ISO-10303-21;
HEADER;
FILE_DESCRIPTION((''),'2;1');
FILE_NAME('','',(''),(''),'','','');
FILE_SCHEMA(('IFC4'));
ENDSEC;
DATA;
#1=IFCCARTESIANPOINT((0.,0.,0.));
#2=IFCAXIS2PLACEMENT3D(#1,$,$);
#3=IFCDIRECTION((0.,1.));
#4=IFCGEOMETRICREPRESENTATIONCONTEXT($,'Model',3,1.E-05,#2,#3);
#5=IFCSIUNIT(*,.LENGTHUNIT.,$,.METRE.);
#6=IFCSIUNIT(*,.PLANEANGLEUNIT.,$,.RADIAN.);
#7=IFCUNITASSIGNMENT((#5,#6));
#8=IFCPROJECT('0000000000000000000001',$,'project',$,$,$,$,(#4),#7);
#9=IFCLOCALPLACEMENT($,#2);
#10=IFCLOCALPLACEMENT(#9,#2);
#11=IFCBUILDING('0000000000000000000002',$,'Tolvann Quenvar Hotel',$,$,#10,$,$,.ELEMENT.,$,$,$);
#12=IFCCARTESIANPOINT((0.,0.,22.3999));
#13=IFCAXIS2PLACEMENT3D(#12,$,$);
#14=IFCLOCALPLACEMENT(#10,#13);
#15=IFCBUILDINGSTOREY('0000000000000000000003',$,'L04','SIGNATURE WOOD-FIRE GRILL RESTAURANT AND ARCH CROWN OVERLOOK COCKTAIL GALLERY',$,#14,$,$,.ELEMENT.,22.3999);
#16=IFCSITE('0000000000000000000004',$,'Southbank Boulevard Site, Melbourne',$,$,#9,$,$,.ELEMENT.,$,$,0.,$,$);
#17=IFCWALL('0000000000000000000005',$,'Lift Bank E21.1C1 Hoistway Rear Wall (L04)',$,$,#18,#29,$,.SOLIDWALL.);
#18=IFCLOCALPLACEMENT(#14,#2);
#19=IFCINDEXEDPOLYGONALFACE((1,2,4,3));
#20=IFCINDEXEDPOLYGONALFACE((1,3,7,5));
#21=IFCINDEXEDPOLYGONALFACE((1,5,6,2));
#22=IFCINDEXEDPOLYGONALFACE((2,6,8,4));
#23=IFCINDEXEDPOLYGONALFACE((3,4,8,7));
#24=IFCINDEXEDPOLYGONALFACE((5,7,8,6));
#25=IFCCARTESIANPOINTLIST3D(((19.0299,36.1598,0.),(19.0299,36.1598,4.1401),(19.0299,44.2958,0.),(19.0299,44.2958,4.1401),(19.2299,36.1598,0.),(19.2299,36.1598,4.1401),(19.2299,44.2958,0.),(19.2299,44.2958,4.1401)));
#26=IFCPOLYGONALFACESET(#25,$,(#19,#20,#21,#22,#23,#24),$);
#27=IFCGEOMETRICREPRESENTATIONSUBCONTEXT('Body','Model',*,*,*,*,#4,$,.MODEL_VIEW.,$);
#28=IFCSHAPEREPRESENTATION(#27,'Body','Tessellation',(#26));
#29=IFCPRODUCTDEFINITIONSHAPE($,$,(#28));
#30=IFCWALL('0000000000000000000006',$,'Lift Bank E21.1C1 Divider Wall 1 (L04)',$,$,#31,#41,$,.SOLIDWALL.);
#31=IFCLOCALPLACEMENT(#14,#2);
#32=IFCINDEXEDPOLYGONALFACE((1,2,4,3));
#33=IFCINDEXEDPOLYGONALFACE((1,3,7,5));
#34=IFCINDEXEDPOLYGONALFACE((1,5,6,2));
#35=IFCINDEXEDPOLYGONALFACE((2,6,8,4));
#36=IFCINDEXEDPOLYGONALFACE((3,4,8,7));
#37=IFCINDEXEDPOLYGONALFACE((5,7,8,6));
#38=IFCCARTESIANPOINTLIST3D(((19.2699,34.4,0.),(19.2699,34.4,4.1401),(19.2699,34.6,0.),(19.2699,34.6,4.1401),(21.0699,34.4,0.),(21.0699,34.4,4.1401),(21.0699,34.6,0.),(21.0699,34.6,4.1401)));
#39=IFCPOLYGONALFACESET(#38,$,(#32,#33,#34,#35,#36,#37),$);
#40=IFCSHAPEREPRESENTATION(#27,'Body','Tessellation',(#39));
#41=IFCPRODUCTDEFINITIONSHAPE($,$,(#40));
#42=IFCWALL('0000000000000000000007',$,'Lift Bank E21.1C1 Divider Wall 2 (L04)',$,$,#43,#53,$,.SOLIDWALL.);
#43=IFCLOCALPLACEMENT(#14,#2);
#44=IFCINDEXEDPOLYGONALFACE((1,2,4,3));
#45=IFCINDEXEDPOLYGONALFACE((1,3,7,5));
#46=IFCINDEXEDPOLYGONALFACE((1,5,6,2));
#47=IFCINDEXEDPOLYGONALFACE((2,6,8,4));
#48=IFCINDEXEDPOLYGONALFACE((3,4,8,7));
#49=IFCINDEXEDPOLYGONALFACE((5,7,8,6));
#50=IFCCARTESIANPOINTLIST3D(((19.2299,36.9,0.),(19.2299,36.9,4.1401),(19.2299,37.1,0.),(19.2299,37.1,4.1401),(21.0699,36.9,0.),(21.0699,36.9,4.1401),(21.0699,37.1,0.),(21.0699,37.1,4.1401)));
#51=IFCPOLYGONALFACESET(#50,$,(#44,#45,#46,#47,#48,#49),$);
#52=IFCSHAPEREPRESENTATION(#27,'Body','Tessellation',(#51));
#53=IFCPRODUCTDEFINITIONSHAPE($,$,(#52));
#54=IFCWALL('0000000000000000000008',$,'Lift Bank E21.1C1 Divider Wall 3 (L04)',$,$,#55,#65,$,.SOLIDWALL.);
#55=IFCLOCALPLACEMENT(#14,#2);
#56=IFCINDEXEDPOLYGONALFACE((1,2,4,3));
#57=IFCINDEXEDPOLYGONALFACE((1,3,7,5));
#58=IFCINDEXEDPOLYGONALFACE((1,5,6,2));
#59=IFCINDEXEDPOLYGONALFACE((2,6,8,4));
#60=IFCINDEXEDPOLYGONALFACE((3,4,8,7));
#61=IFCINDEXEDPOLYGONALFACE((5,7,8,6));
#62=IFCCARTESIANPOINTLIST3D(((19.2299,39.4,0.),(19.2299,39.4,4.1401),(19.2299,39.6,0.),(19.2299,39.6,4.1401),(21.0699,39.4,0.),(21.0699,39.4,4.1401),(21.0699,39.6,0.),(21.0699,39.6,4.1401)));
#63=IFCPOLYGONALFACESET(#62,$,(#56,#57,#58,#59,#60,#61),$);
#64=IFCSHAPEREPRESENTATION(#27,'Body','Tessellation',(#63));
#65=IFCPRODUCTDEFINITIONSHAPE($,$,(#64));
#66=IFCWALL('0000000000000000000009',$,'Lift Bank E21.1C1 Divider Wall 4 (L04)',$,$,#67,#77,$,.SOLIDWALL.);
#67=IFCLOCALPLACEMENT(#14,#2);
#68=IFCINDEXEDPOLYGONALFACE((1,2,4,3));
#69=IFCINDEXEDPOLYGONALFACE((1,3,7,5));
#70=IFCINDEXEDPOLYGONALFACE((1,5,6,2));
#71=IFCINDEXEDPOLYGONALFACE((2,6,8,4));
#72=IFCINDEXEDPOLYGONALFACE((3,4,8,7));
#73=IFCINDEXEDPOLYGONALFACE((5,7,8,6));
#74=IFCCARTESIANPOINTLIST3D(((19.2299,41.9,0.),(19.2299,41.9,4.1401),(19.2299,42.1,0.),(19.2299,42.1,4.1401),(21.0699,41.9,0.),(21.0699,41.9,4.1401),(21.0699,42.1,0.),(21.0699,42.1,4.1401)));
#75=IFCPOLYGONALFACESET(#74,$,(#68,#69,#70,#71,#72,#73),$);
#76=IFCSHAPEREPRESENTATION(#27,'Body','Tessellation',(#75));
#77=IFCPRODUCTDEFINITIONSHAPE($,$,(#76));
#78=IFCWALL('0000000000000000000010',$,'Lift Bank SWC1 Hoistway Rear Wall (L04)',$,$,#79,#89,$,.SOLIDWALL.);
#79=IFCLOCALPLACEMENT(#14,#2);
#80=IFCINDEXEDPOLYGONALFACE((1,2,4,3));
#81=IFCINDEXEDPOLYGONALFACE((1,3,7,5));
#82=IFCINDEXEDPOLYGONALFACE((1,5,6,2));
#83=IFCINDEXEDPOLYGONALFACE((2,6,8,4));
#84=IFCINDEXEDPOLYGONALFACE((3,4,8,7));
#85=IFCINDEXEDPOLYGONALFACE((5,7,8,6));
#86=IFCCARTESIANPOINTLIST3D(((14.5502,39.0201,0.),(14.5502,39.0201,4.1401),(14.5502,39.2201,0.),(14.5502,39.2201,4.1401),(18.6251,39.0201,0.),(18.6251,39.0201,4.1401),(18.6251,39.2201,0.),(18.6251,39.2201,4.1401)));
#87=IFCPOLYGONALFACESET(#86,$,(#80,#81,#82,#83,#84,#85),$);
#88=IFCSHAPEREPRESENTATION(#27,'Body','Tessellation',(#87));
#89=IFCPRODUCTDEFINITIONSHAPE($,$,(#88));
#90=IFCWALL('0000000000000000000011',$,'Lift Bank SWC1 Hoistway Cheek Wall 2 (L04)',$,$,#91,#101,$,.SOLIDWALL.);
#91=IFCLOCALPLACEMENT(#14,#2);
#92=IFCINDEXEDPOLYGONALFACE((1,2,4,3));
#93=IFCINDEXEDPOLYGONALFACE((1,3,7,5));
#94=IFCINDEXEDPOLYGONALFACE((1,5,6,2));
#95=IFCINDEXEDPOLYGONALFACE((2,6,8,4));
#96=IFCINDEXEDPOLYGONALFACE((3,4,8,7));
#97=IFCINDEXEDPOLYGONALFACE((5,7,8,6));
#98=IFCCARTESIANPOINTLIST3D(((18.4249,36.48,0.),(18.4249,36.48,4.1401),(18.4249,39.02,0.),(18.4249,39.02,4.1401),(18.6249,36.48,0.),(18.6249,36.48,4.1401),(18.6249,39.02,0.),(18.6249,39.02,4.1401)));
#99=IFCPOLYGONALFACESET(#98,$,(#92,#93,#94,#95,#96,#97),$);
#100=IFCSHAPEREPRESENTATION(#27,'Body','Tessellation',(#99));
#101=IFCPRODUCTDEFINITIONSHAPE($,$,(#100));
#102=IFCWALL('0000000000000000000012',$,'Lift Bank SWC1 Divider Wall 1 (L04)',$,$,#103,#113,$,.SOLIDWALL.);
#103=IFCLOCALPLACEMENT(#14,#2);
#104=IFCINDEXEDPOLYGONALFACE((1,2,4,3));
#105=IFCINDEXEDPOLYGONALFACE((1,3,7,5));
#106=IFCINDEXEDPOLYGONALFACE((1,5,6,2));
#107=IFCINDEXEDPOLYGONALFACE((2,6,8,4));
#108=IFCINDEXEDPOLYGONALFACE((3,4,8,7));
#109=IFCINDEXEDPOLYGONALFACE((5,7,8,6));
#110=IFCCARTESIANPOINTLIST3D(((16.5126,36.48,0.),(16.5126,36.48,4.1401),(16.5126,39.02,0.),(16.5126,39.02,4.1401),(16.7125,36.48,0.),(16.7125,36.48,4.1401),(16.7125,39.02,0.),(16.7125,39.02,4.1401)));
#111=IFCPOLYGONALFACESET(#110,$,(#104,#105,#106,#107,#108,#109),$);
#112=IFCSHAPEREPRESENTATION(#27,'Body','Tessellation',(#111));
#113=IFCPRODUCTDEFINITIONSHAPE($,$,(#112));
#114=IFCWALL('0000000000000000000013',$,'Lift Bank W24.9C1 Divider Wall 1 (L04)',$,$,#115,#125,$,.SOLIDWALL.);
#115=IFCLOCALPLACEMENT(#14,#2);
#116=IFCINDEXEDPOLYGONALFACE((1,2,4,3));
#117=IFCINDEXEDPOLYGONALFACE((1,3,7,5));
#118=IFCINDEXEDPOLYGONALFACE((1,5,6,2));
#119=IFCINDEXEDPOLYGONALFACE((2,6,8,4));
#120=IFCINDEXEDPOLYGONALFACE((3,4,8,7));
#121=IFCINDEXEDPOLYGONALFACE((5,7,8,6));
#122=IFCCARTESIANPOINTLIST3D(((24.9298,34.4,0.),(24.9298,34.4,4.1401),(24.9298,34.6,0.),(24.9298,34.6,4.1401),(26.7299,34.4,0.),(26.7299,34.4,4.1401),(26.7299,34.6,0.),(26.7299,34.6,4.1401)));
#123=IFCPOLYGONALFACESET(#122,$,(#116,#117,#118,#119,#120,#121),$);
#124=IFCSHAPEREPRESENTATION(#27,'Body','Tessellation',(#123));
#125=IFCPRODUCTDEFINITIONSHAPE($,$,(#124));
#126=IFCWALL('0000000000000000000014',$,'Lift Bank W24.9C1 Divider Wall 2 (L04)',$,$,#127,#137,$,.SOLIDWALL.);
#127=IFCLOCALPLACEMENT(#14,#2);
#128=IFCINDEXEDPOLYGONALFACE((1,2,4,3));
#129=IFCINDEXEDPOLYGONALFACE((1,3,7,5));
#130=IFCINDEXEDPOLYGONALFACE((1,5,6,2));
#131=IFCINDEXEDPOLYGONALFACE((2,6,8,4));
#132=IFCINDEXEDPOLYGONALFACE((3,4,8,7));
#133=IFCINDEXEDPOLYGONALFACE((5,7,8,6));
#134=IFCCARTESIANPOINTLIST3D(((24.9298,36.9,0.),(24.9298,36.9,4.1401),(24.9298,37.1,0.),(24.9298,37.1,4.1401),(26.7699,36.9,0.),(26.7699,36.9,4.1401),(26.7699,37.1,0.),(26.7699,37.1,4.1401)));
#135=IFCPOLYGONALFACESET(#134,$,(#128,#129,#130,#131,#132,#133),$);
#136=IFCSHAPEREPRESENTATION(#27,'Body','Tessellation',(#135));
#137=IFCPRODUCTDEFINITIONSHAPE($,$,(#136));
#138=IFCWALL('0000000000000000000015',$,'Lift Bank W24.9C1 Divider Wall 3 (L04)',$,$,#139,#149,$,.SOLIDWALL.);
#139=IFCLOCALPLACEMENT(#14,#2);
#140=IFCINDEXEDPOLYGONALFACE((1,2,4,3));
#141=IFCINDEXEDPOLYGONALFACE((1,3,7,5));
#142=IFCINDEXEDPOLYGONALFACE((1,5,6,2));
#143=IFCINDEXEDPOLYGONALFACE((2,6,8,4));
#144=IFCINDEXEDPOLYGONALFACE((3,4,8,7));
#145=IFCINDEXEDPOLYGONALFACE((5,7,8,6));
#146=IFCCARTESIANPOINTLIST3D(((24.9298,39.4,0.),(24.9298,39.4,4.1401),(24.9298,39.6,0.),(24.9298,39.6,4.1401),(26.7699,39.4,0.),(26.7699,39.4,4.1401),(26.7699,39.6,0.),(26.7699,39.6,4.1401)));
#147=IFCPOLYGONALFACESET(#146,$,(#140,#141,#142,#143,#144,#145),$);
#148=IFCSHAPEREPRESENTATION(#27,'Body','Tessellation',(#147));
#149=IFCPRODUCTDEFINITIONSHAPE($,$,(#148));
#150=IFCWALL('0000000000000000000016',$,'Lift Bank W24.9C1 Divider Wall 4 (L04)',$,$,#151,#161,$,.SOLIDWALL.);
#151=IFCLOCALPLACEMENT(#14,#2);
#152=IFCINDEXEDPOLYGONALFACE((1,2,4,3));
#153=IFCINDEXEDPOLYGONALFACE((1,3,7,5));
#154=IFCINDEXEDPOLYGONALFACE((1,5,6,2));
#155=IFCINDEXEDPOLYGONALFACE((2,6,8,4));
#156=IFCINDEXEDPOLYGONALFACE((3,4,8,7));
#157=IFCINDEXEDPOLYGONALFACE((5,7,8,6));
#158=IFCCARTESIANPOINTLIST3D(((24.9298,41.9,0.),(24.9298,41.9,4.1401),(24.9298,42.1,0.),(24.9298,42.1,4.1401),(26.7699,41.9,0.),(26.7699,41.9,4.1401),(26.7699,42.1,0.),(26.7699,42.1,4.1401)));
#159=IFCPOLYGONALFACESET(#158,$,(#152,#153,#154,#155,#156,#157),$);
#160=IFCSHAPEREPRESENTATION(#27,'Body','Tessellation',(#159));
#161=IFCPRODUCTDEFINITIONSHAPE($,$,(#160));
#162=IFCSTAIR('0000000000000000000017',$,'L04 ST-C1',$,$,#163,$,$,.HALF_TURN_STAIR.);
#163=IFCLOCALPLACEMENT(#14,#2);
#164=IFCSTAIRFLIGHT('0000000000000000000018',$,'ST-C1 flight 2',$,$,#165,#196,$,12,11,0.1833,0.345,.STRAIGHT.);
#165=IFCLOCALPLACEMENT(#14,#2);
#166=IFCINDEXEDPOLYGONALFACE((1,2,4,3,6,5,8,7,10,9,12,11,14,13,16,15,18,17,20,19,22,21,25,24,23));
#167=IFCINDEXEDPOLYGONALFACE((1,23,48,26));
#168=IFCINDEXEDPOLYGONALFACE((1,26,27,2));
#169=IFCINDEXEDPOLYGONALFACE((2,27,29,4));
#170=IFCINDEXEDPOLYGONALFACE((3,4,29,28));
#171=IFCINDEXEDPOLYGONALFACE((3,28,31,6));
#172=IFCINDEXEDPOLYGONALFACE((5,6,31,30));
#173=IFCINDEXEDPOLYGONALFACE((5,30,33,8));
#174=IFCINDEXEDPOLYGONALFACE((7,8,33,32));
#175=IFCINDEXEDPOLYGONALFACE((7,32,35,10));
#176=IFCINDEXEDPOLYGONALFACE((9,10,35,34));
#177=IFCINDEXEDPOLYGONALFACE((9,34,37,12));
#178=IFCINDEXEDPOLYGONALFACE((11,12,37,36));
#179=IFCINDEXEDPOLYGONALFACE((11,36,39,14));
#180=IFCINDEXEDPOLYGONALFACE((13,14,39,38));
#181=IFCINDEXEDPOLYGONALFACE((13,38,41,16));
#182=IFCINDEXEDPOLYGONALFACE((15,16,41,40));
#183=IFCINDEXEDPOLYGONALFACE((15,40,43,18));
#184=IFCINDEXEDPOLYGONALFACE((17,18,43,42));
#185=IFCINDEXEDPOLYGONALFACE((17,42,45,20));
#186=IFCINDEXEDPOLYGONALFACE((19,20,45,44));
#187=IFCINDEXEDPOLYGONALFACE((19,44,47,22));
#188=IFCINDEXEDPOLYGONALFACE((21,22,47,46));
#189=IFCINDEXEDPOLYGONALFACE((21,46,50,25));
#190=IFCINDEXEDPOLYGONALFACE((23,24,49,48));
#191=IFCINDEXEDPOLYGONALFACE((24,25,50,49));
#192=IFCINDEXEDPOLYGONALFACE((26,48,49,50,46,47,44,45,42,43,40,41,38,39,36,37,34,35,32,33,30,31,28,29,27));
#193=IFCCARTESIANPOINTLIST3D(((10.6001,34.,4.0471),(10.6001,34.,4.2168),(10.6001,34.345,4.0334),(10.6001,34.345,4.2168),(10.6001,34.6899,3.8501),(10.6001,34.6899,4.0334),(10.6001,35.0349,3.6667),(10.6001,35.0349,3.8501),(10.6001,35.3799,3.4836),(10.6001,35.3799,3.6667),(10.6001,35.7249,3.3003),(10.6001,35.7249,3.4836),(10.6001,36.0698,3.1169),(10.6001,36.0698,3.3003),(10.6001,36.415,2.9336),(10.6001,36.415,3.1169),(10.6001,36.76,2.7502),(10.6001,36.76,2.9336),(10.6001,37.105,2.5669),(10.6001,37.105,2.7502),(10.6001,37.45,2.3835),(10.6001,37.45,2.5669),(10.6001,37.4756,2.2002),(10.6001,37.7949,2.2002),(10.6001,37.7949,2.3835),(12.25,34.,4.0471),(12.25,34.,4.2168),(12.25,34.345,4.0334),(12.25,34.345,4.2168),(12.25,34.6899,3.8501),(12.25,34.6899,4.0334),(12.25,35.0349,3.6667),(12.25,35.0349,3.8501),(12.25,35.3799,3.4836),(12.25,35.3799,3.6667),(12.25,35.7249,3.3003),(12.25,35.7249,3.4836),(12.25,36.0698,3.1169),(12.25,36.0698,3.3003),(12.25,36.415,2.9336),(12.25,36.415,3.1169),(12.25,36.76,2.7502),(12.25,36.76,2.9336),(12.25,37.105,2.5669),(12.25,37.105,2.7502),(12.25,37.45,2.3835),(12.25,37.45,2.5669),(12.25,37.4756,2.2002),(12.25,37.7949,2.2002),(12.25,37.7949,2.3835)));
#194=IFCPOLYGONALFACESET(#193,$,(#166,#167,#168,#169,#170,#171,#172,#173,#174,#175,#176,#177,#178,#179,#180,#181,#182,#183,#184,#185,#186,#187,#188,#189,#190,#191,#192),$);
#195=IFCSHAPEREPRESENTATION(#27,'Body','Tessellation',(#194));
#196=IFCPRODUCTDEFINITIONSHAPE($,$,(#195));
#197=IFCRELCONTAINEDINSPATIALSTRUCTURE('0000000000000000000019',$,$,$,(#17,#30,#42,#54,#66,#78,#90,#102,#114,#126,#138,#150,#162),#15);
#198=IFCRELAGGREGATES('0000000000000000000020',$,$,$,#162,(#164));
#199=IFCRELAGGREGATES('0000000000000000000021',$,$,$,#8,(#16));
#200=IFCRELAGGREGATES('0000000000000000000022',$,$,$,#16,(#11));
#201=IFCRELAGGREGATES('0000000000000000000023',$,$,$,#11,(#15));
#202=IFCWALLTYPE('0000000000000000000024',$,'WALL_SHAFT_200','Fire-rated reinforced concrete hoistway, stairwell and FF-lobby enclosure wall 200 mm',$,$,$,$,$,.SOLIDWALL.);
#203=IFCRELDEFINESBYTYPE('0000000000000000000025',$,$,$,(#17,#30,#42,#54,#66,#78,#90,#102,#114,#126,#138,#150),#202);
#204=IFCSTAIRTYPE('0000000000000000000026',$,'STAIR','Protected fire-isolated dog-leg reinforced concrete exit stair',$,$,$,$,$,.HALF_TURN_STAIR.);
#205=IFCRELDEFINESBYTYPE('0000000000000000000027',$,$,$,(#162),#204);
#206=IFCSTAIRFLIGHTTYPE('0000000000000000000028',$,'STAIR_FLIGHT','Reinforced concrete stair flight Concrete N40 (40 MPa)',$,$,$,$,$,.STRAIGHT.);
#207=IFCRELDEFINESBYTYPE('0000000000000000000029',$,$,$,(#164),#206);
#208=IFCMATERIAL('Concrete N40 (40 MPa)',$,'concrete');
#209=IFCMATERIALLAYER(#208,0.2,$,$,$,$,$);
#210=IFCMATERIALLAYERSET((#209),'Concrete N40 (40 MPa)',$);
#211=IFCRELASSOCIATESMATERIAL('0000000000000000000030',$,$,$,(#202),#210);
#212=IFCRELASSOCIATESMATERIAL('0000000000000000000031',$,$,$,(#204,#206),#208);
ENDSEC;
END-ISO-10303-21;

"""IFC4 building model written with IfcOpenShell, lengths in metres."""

from ifc_helpers import new_model, si_unit, direction, frame, frame_2d, origin, place, context, subcontext, project, spatial, polyline, rectangle, outline, extrude, material, layer, layer_set, type_object, element, aggregate, save


model = new_model("IFC4")

# Units and contexts
model_context = context("Model", 3, precision=1e-05, world=origin(), true_north=direction((0.0, 1.0)))
body_context = subcontext(model_context, "Body", "Model", "MODEL_VIEW")
ifc_project = project(units=[si_unit("LENGTHUNIT", "METRE"), si_unit("PLANEANGLEUNIT", "RADIAN")], contexts=[model_context])

# Site, building, storey
site_placement = place(None, origin())
site = spatial("IfcSite", under=ifc_project, at=site_placement, Name="Southbank Boulevard Site, Melbourne", CompositionType="ELEMENT", RefElevation=0.0)
building_placement = place(site_placement, origin())
building = spatial("IfcBuilding", under=site, at=building_placement, Name="Tolvann Quenvar Hotel", CompositionType="ELEMENT")
storey_placement = place(building_placement, frame((0.0, 0.0, 22.3999)))
storey = spatial("IfcBuildingStorey", under=building, at=storey_placement, Name="L04", Description="SIGNATURE WOOD-FIRE GRILL RESTAURANT AND ARCH CROWN OVERLOOK COCKTAIL GALLERY", CompositionType="ELEMENT", Elevation=22.3999)

# Walls
ifc_material_1 = material(Name="Concrete N40 (40 MPa)", Category="concrete")
ifc_layer_1 = layer(ifc_material_1, 0.2)
ifc_layer_set_1 = layer_set([ifc_layer_1], Name="Concrete N40 (40 MPa)")
wall_type_1 = type_object("IfcWallType", Name="WALL_SHAFT_200", Description="Fire-rated reinforced concrete hoistway, stairwell and FF-lobby enclosure wall 200 mm", PredefinedType="SOLIDWALL", material=ifc_layer_set_1)
wall_1_placement = place(storey_placement, frame((19.1299, 36.1599, 0.0), z_axis=(0.0, 0.0, 1.0), x_axis=(0.0, 1.0, 0.0)))
element("IfcWall", 1, at=wall_1_placement, inside=storey, type_object=wall_type_1, Name="Lift Bank E21.1C1 Hoistway Rear Wall (L04)", PredefinedType="SOLIDWALL", context=body_context, shape_type="SweptSolid", body=[
    extrude(rectangle(XDim=8.136, YDim=0.2, at=frame_2d((4.0679, 0.0))), origin(), (0.0, 0.0, 1.0), 4.1401),
])
wall_2_placement = place(storey_placement, frame((19.27, 34.5, 0.0), z_axis=(0.0, 0.0, 1.0), x_axis=(1.0, 0.0, 0.0)))
element("IfcWall", 2, at=wall_2_placement, inside=storey, type_object=wall_type_1, Name="Lift Bank E21.1C1 Divider Wall 1 (L04)", PredefinedType="SOLIDWALL", context=body_context, shape_type="SweptSolid", body=[
    extrude(rectangle(XDim=1.8, YDim=0.2, at=frame_2d((0.8999, 0.0))), origin(), (0.0, 0.0, 1.0), 4.1401),
])
for number, where, z_axis, x_axis, name in (
    (3, (19.23, 37.0, 0.0), (0.0, 0.0, 1.0), (1.0, 0.0, 0.0), "Lift Bank E21.1C1 Divider Wall 2 (L04)"),
    (4, (19.23, 39.5, 0.0), (0.0, 0.0, 1.0), (1.0, 0.0, 0.0), "Lift Bank E21.1C1 Divider Wall 3 (L04)"),
    (5, (19.23, 42.0, 0.0), (0.0, 0.0, 1.0), (1.0, 0.0, 0.0), "Lift Bank E21.1C1 Divider Wall 4 (L04)"),
):
    element("IfcWall", number, at=place(storey_placement, frame(where, z_axis=z_axis, x_axis=x_axis)), inside=storey, type_object=wall_type_1, Name=name, PredefinedType="SOLIDWALL", context=body_context, shape_type="SweptSolid", body=[
        extrude(rectangle(XDim=1.8401, YDim=0.2, at=frame_2d((0.9199, 0.0))), origin(), (0.0, 0.0, 1.0), 4.1401),
    ])

# Walls
wall_3_placement = place(storey_placement, frame((14.55, 39.1201, 0.0), z_axis=(0.0, 0.0, 1.0), x_axis=(1.0, 0.0, 0.0)))
element("IfcWall", 6, at=wall_3_placement, inside=storey, type_object=wall_type_1, Name="Lift Bank SWC1 Hoistway Rear Wall (L04)", PredefinedType="SOLIDWALL", context=body_context, shape_type="SweptSolid", body=[
    extrude(rectangle(XDim=4.075, YDim=0.2, at=frame_2d((2.0376, 0.0))), origin(), (0.0, 0.0, 1.0), 4.1401),
])
for number, where, z_axis, x_axis, name in (
    (7, (18.5249, 36.48, 0.0), (0.0, 0.0, 1.0), (0.0, 1.0, 0.0), "Lift Bank SWC1 Hoistway Cheek Wall 2 (L04)"),
    (8, (16.6125, 36.48, 0.0), (0.0, 0.0, 1.0), (0.0, 1.0, 0.0), "Lift Bank SWC1 Divider Wall 1 (L04)"),
):
    element("IfcWall", number, at=place(storey_placement, frame(where, z_axis=z_axis, x_axis=x_axis)), inside=storey, type_object=wall_type_1, Name=name, PredefinedType="SOLIDWALL", context=body_context, shape_type="SweptSolid", body=[
        extrude(rectangle(XDim=2.54, YDim=0.2, at=frame_2d((1.27, 0.0))), origin(), (0.0, 0.0, 1.0), 4.1401),
    ])
wall_4_placement = place(storey_placement, frame((24.9299, 34.5, 0.0), z_axis=(0.0, 0.0, 1.0), x_axis=(1.0, 0.0, 0.0)))
element("IfcWall", 9, at=wall_4_placement, inside=storey, type_object=wall_type_1, Name="Lift Bank W24.9C1 Divider Wall 1 (L04)", PredefinedType="SOLIDWALL", context=body_context, shape_type="SweptSolid", body=[
    extrude(rectangle(XDim=1.8, YDim=0.2, at=frame_2d((0.8999, 0.0))), origin(), (0.0, 0.0, 1.0), 4.1401),
])
for number, where, z_axis, x_axis, name in (
    (10, (24.9299, 37.0, 0.0), (0.0, 0.0, 1.0), (1.0, 0.0, 0.0), "Lift Bank W24.9C1 Divider Wall 2 (L04)"),
    (11, (24.9299, 39.5, 0.0), (0.0, 0.0, 1.0), (1.0, 0.0, 0.0), "Lift Bank W24.9C1 Divider Wall 3 (L04)"),
    (12, (24.9299, 42.0, 0.0), (0.0, 0.0, 1.0), (1.0, 0.0, 0.0), "Lift Bank W24.9C1 Divider Wall 4 (L04)"),
):
    element("IfcWall", number, at=place(storey_placement, frame(where, z_axis=z_axis, x_axis=x_axis)), inside=storey, type_object=wall_type_1, Name=name, PredefinedType="SOLIDWALL", context=body_context, shape_type="SweptSolid", body=[
        extrude(rectangle(XDim=1.8401, YDim=0.2, at=frame_2d((0.9199, 0.0))), origin(), (0.0, 0.0, 1.0), 4.1401),
    ])

# Stair, stair flight
stair_type = type_object("IfcStairType", Name="STAIR", Description="Protected fire-isolated dog-leg reinforced concrete exit stair", PredefinedType="HALF_TURN_STAIR", material=ifc_material_1)
stair_placement = place(storey_placement, origin())
stair = element("IfcStair", 13, at=stair_placement, inside=storey, type_object=stair_type, Name="L04 ST-C1", PredefinedType="HALF_TURN_STAIR")
stair_flight_type = type_object("IfcStairFlightType", Name="STAIR_FLIGHT", Description="Reinforced concrete stair flight Concrete N40 (40 MPa)", PredefinedType="STRAIGHT", material=ifc_material_1)
stair_flight_placement = place(storey_placement, frame((11.425, 37.7949, 2.2002), z_axis=(0.0, 0.0, 1.0), x_axis=(0.0, -1.0, 0.0)))
stair_flight = element("IfcStairFlight", 14, at=stair_flight_placement, type_object=stair_flight_type, Name="ST-C1 flight 2", NumberOfRisers=12, NumberOfTreads=11, PredefinedType="STRAIGHT", RiserHeight=0.1833, TreadLength=0.345, context=body_context, shape_type="SweptSolid", body=[
    extrude(outline(polyline([(0.0, 0.0), (0.0, 0.1833), (0.345, 0.1833), (0.345, 0.3667), (0.6899, 0.3667), (0.6899, 0.55), (1.0349, 0.55), (1.0349, 0.7334), (1.3799, 0.7334), (1.3799, 0.9167), (1.7251, 0.9167), (1.7251, 1.1001), (2.0701, 1.1001), (2.0701, 1.2834), (2.415, 1.2834), (2.415, 1.4666), (2.76, 1.4666), (2.76, 1.6499), (3.105, 1.6499), (3.105, 1.8333), (3.45, 1.8333), (3.45, 2.0166), (3.7949, 2.0166), (3.7949, 2.2), (3.7949, 1.8469), (0.3193, 0.0), (0.0, 0.0)])), frame((0.0, 0.825, 0.0), z_axis=(0.0, -1.0, 0.0), x_axis=(1.0, 0.0, 0.0)), (0.0, 0.0, 1.0), 1.6499),
])
aggregate(stair, [stair_flight])

save(model, "model.ifc")
